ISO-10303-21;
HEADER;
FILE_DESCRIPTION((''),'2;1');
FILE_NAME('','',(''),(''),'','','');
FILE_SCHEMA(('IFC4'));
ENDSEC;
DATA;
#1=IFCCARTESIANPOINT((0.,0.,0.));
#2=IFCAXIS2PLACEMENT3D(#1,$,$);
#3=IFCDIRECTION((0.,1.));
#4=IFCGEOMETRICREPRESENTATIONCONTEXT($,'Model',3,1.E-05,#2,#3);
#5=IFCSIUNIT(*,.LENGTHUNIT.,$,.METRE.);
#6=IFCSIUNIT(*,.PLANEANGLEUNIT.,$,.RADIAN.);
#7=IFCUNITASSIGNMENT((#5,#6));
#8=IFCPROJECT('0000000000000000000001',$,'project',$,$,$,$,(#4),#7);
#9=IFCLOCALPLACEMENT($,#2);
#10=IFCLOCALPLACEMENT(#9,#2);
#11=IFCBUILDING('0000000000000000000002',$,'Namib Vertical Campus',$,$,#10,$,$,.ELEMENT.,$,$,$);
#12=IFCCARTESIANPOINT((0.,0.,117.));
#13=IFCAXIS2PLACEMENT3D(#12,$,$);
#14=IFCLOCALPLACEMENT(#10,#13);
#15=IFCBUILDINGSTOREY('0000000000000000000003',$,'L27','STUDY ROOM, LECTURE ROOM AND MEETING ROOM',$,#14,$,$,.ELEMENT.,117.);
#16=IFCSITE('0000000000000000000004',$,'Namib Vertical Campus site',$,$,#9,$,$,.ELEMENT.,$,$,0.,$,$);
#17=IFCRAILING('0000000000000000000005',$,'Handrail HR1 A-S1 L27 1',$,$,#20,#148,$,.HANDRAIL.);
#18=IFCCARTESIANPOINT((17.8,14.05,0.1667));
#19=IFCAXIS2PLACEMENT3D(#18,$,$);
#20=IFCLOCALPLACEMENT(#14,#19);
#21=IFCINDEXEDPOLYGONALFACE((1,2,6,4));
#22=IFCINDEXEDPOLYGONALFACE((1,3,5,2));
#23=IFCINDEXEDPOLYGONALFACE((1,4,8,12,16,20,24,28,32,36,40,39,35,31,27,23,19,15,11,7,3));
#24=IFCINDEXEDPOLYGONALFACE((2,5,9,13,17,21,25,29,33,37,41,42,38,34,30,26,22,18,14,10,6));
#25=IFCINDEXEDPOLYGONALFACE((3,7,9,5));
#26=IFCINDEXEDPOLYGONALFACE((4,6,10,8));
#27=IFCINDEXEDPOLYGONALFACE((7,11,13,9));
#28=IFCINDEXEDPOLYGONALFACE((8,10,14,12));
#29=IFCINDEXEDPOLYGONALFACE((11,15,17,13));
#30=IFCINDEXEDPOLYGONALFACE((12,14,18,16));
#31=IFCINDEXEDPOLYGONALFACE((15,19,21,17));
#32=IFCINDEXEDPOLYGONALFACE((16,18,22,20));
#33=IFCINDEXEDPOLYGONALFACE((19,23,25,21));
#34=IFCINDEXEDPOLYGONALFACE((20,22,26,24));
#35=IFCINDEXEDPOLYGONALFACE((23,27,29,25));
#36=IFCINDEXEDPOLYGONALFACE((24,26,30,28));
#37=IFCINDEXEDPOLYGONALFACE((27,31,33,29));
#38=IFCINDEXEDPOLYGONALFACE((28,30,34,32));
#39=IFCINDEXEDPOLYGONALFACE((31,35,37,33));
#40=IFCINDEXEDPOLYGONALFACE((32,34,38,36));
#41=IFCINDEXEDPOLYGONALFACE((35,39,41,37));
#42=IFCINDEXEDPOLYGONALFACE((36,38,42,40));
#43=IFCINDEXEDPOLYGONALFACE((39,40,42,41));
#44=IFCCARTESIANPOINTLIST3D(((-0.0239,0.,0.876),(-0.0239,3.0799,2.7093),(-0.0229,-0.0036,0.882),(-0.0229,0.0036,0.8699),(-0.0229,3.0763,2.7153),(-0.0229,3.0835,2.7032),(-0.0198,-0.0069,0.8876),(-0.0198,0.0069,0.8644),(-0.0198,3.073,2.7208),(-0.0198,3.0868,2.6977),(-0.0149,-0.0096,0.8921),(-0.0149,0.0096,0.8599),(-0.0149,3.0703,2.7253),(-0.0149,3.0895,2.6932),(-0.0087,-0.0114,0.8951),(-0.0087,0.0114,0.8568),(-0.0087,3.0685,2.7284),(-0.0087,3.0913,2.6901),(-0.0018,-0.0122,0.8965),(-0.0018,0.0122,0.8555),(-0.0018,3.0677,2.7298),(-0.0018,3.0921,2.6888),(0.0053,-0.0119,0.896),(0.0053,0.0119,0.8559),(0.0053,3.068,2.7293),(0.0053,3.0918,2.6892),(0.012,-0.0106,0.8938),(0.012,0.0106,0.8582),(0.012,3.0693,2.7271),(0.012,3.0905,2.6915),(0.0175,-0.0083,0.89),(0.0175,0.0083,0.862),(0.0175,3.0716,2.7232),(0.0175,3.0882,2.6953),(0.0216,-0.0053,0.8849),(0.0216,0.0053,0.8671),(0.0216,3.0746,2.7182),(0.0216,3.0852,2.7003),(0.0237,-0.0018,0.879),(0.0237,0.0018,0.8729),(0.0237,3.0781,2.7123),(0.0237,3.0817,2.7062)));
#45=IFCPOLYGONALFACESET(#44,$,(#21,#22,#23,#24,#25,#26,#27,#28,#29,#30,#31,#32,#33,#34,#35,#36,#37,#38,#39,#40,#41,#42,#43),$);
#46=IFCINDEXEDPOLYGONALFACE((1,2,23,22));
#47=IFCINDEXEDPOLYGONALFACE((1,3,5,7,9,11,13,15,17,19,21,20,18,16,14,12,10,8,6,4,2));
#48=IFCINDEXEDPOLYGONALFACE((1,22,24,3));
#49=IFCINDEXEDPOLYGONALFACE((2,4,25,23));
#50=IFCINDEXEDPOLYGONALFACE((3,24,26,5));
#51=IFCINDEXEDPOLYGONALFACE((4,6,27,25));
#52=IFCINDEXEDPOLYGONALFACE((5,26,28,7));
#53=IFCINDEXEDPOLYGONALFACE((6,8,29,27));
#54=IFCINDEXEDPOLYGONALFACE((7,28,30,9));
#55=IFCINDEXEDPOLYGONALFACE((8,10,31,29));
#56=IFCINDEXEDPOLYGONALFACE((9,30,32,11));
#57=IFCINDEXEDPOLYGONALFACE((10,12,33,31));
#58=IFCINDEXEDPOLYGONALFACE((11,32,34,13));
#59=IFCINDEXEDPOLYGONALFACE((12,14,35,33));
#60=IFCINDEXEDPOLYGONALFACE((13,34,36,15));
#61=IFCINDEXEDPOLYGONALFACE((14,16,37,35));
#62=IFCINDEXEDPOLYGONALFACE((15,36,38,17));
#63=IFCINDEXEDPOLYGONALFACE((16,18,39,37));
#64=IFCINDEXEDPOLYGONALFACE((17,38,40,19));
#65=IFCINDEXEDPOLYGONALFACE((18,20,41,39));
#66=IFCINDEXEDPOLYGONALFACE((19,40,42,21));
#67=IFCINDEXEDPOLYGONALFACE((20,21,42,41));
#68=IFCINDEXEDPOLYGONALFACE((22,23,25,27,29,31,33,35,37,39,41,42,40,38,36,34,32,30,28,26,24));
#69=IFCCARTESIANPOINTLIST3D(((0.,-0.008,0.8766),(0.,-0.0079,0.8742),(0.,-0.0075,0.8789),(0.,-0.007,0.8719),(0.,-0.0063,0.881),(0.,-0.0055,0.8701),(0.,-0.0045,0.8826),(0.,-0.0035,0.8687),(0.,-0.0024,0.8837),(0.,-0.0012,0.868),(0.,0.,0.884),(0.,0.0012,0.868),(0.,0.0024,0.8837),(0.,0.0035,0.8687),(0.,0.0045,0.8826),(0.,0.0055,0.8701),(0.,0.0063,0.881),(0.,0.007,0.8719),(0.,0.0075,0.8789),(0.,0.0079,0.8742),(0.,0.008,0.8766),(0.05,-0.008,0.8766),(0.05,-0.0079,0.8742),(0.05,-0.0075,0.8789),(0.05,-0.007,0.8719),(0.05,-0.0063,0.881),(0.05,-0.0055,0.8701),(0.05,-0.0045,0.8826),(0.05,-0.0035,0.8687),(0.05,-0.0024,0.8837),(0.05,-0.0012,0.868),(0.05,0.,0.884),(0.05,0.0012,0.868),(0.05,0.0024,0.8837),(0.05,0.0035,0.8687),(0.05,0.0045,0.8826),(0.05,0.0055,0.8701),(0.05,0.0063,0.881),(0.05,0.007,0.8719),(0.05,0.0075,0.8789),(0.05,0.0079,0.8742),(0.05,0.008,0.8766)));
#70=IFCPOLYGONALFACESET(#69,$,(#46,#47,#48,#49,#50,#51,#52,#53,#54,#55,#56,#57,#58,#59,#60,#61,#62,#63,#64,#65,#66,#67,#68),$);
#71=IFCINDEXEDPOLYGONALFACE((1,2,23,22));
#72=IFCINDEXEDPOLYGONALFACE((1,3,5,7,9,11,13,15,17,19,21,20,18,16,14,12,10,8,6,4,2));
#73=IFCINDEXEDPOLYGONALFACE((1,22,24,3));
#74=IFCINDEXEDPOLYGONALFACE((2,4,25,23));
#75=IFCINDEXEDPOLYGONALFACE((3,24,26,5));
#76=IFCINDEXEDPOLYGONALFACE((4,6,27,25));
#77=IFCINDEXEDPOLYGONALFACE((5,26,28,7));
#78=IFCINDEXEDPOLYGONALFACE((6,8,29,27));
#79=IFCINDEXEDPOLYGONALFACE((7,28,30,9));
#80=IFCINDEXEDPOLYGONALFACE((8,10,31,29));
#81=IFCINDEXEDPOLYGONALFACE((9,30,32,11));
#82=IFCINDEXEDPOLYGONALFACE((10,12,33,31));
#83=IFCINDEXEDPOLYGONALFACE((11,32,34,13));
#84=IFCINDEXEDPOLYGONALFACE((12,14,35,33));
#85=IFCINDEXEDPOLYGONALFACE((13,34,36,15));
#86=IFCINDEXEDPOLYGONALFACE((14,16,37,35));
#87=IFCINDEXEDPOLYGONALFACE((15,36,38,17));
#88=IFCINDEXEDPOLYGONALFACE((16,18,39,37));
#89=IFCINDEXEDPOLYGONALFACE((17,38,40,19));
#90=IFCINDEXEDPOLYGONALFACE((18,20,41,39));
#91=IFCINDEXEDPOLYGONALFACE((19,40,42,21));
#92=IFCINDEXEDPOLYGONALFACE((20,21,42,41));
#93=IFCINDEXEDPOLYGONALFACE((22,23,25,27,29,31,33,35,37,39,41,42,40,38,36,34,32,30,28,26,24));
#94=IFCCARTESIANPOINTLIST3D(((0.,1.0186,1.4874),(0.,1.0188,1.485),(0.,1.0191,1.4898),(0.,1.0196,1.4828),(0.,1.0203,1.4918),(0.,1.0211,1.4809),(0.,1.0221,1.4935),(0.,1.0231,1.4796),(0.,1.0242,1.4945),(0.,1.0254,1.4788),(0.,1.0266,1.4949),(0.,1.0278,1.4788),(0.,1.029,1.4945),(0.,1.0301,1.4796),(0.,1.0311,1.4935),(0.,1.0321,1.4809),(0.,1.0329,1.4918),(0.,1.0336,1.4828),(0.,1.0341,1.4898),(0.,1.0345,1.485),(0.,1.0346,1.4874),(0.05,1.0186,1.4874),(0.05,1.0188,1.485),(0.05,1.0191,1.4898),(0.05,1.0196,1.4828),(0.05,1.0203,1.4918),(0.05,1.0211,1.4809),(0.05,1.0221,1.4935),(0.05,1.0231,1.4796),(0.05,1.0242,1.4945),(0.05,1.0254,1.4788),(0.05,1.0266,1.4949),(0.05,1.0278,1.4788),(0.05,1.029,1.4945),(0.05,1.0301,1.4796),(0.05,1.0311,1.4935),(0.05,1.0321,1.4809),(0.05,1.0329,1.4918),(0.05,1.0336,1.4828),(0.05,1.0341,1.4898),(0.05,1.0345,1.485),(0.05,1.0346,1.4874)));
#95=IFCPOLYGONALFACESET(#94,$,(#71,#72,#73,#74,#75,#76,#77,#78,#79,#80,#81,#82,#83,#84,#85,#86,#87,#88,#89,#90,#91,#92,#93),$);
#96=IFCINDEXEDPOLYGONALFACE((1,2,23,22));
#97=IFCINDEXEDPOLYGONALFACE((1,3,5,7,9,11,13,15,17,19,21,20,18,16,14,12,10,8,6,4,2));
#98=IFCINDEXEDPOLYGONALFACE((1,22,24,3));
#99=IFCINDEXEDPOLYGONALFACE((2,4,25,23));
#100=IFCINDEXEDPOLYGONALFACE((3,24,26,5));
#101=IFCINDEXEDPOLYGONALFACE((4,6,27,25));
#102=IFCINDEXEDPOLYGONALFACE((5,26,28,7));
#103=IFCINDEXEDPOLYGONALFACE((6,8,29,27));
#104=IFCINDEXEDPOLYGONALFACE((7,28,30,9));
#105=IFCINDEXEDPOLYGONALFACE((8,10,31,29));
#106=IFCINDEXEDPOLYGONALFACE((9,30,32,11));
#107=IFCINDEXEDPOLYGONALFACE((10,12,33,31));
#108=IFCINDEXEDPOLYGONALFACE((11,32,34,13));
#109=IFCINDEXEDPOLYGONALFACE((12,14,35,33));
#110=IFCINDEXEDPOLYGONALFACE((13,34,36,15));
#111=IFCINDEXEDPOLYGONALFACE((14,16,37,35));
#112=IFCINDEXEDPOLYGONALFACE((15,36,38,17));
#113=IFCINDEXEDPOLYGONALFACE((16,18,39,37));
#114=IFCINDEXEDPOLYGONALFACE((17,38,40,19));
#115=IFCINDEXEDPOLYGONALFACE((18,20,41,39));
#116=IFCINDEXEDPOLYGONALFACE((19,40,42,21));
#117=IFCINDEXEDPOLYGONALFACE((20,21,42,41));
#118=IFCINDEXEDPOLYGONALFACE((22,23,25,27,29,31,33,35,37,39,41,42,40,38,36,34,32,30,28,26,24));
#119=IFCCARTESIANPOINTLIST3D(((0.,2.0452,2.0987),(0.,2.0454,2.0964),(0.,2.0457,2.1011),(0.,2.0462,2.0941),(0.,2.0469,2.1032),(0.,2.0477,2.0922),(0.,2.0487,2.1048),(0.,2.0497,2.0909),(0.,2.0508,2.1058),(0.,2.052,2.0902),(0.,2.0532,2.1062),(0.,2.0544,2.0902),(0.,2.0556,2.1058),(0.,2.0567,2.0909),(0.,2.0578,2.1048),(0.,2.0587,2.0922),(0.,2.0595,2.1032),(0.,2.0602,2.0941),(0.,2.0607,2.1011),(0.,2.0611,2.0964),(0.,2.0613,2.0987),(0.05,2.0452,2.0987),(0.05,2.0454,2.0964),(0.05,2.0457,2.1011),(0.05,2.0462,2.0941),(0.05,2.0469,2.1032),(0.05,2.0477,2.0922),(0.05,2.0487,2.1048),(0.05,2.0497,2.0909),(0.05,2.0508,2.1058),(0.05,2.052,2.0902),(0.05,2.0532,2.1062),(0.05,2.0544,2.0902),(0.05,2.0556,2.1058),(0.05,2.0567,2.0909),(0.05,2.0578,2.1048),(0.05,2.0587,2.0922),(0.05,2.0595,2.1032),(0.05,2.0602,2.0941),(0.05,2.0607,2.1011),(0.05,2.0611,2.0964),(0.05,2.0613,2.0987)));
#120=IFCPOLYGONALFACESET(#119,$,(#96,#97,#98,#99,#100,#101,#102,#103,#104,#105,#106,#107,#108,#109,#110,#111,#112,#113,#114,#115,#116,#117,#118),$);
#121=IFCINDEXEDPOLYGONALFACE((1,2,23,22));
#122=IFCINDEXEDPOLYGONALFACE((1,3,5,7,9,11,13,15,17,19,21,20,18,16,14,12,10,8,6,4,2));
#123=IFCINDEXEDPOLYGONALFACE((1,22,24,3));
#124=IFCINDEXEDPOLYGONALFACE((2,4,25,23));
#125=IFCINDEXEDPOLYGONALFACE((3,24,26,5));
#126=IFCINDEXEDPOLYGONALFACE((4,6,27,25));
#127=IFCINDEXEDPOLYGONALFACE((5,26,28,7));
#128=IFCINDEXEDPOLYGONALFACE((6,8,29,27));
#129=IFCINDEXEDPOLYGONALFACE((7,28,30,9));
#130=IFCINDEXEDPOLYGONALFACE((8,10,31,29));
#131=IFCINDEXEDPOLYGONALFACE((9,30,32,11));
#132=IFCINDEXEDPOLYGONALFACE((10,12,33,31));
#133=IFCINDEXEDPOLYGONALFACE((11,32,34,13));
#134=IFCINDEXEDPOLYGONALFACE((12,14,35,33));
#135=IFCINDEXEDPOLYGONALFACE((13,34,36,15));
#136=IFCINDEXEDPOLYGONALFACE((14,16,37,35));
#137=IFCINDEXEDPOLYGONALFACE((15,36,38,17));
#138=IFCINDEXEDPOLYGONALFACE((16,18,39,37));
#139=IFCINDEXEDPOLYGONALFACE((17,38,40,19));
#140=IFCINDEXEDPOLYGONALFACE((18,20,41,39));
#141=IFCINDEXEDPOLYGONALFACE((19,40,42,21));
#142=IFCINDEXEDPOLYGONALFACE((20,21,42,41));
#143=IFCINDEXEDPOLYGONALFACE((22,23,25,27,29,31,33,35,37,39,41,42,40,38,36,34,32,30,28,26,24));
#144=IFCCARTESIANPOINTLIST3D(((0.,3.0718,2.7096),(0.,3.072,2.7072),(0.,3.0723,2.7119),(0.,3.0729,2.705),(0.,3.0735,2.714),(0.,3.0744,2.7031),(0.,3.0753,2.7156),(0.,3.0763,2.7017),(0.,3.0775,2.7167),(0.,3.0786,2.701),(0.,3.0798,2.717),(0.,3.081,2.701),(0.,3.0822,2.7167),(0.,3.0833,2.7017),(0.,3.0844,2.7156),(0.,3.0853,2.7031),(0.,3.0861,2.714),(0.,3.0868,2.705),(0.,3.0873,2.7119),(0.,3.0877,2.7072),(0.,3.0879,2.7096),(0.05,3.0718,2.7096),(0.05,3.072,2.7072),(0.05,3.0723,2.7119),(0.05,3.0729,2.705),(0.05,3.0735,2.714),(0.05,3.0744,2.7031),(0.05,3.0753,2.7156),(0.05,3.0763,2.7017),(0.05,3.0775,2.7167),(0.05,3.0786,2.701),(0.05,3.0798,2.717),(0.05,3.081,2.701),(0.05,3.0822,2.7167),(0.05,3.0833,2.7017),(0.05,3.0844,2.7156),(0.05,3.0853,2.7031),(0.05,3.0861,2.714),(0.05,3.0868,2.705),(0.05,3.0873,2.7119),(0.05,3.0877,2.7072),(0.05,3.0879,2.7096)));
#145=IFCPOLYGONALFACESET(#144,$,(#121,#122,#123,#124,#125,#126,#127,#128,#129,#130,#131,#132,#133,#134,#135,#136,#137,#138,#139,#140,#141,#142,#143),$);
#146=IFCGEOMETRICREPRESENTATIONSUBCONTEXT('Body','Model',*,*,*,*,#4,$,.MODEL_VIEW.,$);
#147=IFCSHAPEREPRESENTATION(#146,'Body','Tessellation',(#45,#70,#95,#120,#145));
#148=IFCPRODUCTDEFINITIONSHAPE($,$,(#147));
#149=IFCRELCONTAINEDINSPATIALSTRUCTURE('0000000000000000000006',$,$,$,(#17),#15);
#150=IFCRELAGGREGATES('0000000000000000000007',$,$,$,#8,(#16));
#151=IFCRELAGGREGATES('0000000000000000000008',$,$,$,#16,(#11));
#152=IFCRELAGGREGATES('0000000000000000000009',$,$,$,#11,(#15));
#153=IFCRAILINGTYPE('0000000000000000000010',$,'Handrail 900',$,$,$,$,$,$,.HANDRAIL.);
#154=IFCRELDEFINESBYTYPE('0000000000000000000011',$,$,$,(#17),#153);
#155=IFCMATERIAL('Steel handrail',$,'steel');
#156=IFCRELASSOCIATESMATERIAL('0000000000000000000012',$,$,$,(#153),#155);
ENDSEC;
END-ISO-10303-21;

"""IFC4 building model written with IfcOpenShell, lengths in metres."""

from ifc_helpers import new_model, si_unit, direction, frame, origin, origin_2d, place, context, subcontext, project, spatial, circle, extrude, material, type_object, element, save


model = new_model("IFC4")

# Units and contexts
model_context = context("Model", 3, precision=1e-05, world=origin(), true_north=direction((0.0, 1.0)))
body_context = subcontext(model_context, "Body", "Model", "MODEL_VIEW")
ifc_project = project(units=[si_unit("LENGTHUNIT", "METRE"), si_unit("PLANEANGLEUNIT", "RADIAN")], contexts=[model_context])

# Site, building, storey
site_placement = place(None, origin())
site = spatial("IfcSite", under=ifc_project, at=site_placement, Name="Namib Vertical Campus site", CompositionType="ELEMENT", RefElevation=0.0)
building_placement = place(site_placement, origin())
building = spatial("IfcBuilding", under=site, at=building_placement, Name="Namib Vertical Campus", CompositionType="ELEMENT")
storey_placement = place(building_placement, frame((0.0, 0.0, 117.0)))
storey = spatial("IfcBuildingStorey", under=building, at=storey_placement, Name="L27", Description="STUDY ROOM, LECTURE ROOM AND MEETING ROOM", CompositionType="ELEMENT", Elevation=117.0)

# Railing
ifc_material_1 = material(Name="Steel handrail", Category="steel")
railing_type_1 = type_object("IfcRailingType", Name="Handrail 900", PredefinedType="HANDRAIL", material=ifc_material_1)
railing_1_placement = place(storey_placement, frame((17.8, 14.05, 0.1667)))
element("IfcRailing", 1, at=railing_1_placement, inside=storey, type_object=railing_type_1, Name="Handrail HR1 A-S1 L27 1", PredefinedType="HANDRAIL", context=body_context, shape_type="SweptSolid", body=[
    extrude(circle(Radius=0.0239, at=origin_2d()), frame((0.0, 0.0, 0.876), z_axis=(0.0, 0.859291, 0.511487), x_axis=(-1.0, 0.0, 0.0)), (0.0, 0.0, 1.0), 3.5842),
    extrude(circle(Radius=0.0081, at=origin_2d()), frame((0.0, 0.0, 0.876), z_axis=(1.0, 0.0, 0.0), x_axis=(0.0, 0.0, 1.0)), (0.0, 0.0, 1.0), 0.05),
    extrude(circle(Radius=0.0081, at=origin_2d()), frame((0.0, 1.0266, 1.4868), z_axis=(1.0, 0.0, 0.0), x_axis=(0.0, 0.0, 1.0)), (0.0, 0.0, 1.0), 0.05),
    extrude(circle(Radius=0.0081, at=origin_2d()), frame((0.0, 2.0532, 2.0981), z_axis=(1.0, 0.0, 0.0), x_axis=(0.0, 0.0, 1.0)), (0.0, 0.0, 1.0), 0.05),
    extrude(circle(Radius=0.0081, at=origin_2d()), frame((0.0, 3.0798, 2.709), z_axis=(1.0, 0.0, 0.0), x_axis=(0.0, 0.0, 1.0)), (0.0, 0.0, 1.0), 0.05),
])

save(model, "model.ifc")
